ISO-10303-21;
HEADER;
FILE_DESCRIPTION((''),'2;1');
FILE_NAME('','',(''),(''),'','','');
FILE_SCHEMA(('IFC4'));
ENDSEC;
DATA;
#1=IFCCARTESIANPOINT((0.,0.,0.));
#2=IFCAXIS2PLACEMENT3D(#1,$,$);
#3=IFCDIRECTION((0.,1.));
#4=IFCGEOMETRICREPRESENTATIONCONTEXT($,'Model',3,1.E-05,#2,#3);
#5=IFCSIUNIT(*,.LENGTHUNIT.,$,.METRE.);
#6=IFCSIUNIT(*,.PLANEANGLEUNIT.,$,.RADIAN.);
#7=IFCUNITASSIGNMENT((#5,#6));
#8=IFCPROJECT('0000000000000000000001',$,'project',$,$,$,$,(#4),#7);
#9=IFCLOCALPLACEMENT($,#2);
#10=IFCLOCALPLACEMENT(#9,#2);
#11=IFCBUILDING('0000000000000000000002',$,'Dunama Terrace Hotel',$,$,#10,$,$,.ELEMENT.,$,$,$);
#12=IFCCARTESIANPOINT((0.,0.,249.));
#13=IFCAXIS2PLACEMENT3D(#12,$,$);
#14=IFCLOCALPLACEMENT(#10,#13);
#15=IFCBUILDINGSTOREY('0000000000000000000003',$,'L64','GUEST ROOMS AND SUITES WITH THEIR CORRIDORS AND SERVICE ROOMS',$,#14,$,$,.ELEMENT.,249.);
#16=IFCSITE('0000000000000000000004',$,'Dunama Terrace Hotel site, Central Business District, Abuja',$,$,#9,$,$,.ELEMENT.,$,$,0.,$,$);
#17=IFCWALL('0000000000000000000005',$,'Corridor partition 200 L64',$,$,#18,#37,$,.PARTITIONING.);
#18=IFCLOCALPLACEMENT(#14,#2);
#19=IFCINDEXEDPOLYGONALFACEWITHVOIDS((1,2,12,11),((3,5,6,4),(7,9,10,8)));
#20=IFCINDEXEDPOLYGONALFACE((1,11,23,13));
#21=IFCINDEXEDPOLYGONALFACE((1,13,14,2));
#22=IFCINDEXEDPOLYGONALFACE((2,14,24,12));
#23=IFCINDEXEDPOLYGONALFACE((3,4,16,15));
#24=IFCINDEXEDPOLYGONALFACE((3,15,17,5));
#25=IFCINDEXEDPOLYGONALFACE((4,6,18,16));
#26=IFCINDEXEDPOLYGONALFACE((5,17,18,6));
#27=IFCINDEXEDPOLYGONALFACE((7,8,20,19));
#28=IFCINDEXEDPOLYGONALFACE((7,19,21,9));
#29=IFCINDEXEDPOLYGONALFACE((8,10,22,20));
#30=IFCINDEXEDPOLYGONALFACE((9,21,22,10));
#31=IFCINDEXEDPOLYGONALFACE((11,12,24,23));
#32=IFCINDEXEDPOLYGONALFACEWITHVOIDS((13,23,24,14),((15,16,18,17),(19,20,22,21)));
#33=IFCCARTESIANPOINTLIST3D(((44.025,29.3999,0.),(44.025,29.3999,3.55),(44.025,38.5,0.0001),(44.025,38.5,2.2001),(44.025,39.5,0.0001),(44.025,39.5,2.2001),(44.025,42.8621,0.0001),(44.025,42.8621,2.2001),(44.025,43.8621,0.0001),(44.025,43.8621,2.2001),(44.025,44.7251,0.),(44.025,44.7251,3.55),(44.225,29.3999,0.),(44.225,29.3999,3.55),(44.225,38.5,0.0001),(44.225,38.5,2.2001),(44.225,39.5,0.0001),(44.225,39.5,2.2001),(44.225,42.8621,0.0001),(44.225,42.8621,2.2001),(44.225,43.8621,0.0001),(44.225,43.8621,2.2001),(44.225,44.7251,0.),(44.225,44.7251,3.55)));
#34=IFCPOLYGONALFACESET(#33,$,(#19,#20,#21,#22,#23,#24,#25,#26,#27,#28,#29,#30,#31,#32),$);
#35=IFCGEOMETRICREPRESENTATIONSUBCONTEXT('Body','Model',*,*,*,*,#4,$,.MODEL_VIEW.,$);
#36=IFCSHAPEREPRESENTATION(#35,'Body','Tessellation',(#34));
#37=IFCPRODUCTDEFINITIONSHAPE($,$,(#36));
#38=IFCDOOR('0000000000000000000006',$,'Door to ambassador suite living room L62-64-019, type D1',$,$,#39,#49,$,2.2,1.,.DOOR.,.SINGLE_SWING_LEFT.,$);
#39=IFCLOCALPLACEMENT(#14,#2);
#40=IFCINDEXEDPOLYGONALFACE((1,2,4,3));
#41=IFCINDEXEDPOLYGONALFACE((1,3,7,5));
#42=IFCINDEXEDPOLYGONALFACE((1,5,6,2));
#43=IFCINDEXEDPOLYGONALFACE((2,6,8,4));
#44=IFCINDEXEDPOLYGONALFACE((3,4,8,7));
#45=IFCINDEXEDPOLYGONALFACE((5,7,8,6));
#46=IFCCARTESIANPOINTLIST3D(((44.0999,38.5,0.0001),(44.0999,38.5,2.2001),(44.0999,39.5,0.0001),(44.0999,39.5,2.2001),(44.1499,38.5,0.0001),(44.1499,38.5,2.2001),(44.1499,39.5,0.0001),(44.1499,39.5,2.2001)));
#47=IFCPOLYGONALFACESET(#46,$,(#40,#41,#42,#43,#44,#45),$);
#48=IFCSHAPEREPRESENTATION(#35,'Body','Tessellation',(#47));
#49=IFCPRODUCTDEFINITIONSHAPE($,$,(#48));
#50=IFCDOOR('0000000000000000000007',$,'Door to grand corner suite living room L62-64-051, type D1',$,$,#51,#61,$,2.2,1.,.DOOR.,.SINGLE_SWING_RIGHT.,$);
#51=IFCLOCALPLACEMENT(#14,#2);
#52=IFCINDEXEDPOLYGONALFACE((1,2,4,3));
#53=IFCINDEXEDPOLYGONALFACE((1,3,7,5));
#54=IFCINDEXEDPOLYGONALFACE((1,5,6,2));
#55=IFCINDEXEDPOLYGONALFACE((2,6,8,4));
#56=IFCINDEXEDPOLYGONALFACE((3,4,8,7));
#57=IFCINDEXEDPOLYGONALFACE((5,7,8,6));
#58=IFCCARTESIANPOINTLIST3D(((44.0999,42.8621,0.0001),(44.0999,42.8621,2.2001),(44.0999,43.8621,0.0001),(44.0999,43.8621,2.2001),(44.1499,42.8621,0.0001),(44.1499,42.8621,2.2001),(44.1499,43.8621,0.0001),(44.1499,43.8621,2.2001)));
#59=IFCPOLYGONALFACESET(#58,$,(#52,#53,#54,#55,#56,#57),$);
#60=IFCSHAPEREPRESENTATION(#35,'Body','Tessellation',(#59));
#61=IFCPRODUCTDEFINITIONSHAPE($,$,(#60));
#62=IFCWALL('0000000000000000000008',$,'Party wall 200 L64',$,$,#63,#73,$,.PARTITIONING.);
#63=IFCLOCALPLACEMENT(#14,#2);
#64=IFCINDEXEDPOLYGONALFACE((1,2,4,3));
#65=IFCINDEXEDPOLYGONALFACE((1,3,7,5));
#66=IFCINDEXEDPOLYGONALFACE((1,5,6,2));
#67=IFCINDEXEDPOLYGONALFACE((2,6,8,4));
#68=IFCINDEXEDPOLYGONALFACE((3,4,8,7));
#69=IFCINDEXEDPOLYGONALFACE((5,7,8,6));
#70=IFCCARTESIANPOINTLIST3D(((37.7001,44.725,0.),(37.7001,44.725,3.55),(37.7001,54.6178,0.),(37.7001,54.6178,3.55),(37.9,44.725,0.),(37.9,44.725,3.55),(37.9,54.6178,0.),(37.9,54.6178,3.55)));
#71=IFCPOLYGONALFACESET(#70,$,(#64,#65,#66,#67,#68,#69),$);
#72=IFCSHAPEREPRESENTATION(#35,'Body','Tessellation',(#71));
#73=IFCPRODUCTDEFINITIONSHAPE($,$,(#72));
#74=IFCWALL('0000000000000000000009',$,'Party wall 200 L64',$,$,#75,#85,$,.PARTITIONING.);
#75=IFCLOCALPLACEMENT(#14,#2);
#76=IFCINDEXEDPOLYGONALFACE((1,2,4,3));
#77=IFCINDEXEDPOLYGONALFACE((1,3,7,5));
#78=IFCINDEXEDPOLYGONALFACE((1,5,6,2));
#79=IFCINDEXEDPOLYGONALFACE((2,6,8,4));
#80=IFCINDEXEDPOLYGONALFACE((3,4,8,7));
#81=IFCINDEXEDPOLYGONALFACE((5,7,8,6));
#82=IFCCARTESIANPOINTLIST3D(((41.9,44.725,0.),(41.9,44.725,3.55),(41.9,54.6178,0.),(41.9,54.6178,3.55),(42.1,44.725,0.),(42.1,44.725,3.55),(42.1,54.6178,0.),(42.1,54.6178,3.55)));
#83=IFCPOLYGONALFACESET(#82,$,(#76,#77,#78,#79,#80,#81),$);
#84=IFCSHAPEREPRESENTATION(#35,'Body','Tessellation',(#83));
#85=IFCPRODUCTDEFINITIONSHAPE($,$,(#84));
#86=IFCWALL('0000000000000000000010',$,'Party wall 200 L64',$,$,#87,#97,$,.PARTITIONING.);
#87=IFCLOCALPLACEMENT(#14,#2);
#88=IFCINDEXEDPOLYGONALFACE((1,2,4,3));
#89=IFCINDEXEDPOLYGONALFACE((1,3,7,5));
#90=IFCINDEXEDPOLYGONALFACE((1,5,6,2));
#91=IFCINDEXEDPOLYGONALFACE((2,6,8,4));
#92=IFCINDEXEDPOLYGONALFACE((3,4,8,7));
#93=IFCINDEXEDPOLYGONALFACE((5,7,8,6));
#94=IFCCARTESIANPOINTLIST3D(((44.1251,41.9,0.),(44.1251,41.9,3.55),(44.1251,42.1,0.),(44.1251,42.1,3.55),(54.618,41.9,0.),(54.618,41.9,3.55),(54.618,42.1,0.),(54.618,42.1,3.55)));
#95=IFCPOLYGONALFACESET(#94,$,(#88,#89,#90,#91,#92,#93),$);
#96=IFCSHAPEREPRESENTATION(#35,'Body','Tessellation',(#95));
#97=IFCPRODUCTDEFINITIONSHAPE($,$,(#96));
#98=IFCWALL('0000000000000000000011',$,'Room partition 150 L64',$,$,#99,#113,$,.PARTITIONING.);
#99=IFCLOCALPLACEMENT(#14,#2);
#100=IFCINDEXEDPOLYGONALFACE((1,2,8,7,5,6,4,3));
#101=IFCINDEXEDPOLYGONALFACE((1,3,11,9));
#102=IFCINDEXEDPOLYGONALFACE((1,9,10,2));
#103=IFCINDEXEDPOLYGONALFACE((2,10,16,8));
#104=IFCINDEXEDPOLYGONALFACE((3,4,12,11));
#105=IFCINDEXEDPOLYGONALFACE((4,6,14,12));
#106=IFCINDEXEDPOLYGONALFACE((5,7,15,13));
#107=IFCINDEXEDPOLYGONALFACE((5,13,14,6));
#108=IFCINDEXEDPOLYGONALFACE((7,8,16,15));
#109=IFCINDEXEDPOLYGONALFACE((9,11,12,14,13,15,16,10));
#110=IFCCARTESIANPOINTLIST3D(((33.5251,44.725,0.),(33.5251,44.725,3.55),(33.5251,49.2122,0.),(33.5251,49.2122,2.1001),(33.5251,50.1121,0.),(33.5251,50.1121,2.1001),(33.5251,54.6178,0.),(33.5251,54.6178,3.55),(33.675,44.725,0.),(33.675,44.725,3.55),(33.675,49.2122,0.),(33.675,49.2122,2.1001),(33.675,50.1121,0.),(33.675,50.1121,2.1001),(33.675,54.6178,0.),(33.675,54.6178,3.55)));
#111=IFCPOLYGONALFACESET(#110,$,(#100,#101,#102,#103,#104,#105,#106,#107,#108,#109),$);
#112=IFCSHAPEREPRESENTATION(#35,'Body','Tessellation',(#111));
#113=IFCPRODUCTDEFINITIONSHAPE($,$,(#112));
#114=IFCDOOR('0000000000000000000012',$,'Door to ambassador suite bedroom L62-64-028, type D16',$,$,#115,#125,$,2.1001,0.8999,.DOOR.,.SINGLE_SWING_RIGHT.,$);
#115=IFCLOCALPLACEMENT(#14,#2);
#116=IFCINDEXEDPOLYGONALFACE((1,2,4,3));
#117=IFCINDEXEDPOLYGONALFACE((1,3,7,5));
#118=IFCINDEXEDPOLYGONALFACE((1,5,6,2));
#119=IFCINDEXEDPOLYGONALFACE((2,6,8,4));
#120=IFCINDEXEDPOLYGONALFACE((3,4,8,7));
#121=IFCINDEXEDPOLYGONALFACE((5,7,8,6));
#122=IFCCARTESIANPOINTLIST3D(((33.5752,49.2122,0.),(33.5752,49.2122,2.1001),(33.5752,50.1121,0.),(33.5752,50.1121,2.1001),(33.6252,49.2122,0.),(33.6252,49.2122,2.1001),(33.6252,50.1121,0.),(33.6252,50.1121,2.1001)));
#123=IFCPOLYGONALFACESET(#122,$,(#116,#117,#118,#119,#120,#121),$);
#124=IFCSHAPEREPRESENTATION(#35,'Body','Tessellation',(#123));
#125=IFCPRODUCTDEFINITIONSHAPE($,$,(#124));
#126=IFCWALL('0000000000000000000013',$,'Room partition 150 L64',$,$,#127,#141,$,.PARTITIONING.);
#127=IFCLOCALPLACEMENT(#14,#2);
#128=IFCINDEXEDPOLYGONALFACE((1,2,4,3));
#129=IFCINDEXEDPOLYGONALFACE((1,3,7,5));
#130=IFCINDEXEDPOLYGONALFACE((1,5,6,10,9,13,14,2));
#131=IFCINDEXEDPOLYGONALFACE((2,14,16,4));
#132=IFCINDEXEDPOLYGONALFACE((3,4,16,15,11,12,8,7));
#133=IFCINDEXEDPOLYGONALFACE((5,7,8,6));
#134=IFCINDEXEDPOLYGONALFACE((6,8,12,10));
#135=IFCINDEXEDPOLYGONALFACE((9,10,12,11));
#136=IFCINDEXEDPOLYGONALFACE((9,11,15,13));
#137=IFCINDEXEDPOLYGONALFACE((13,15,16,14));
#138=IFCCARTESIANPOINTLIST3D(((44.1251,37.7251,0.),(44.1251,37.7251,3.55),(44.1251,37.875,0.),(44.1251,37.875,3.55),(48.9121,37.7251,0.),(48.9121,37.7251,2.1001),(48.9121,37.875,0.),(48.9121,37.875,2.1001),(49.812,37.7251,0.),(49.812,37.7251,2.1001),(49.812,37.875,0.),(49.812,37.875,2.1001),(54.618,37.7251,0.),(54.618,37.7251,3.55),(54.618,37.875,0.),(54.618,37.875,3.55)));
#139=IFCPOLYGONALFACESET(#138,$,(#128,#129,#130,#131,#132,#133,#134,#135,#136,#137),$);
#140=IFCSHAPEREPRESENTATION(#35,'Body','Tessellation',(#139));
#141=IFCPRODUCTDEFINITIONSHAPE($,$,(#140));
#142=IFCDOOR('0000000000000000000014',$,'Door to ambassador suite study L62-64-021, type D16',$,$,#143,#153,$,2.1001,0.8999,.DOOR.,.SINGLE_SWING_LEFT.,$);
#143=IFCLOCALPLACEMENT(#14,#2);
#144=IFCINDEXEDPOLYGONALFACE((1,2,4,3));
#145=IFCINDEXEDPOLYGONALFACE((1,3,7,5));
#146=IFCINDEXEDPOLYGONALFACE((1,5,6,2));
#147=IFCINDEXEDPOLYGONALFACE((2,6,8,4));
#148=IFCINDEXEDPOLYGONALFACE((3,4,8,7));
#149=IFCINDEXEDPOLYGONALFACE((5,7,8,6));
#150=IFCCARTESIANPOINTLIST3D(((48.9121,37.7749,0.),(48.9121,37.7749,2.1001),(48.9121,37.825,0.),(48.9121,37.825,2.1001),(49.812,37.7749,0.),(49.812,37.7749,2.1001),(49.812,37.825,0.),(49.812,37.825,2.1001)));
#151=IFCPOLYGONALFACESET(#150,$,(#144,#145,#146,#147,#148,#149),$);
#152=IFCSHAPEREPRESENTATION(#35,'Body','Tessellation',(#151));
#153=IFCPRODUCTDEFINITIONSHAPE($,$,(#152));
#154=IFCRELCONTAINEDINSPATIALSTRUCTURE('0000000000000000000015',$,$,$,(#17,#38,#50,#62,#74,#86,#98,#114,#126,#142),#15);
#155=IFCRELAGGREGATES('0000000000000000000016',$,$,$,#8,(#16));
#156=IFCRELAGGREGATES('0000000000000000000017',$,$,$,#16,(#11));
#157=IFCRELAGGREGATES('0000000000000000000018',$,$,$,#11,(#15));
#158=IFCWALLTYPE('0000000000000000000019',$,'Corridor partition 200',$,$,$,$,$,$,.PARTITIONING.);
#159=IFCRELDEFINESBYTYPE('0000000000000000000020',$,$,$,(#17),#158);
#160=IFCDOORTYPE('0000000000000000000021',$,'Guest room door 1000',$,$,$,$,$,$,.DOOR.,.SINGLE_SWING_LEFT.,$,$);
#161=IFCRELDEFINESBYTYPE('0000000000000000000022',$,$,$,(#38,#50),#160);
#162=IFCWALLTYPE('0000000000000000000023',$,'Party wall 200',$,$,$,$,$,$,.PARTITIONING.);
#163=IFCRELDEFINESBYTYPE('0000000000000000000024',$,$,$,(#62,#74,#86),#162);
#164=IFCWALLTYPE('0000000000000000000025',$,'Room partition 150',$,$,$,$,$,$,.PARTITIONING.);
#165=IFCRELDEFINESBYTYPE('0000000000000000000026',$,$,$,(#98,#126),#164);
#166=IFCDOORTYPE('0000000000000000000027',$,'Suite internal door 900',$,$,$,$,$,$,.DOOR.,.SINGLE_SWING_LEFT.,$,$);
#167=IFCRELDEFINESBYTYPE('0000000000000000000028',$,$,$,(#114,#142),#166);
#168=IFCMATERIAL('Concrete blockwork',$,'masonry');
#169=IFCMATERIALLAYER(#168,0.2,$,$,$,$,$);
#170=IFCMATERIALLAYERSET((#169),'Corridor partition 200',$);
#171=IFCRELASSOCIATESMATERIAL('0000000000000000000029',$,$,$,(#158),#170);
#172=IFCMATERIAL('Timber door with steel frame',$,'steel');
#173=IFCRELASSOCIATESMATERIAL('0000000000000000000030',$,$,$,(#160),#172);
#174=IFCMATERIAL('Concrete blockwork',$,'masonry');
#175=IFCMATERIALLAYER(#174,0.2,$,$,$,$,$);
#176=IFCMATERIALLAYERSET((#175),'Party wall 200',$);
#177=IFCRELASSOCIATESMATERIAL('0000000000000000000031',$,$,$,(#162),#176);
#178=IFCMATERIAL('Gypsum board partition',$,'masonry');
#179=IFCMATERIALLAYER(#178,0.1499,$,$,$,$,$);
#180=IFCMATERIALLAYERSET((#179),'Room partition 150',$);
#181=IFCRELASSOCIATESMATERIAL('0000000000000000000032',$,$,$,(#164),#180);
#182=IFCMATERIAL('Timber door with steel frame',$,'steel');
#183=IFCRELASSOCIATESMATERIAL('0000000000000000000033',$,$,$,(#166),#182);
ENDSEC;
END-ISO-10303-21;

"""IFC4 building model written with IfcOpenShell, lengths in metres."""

from ifc_helpers import new_model, si_unit, direction, frame, frame_2d, origin, place, context, subcontext, project, spatial, rectangle, extrude, material, layer, layer_set, type_object, element, fill, save


model = new_model("IFC4")

# Units and contexts
model_context = context("Model", 3, precision=1e-05, world=origin(), true_north=direction((0.0, 1.0)))
body_context = subcontext(model_context, "Body", "Model", "MODEL_VIEW")
ifc_project = project(units=[si_unit("LENGTHUNIT", "METRE"), si_unit("PLANEANGLEUNIT", "RADIAN")], contexts=[model_context])

# Site, building, storey
site_placement = place(None, origin())
site = spatial("IfcSite", under=ifc_project, at=site_placement, Name="Dunama Terrace Hotel site, Central Business District, Abuja", CompositionType="ELEMENT", RefElevation=0.0)
building_placement = place(site_placement, origin())
building = spatial("IfcBuilding", under=site, at=building_placement, Name="Dunama Terrace Hotel", CompositionType="ELEMENT")
storey_placement = place(building_placement, frame((0.0, 0.0, 249.0)))
storey = spatial("IfcBuildingStorey", under=building, at=storey_placement, Name="L64", Description="GUEST ROOMS AND SUITES WITH THEIR CORRIDORS AND SERVICE ROOMS", CompositionType="ELEMENT", Elevation=249.0)

# Wall, openings, doors
ifc_material_1 = material(Name="Concrete blockwork", Category="masonry")
ifc_layer_1 = layer(ifc_material_1, 0.2)
ifc_layer_set_1 = layer_set([ifc_layer_1], Name="Corridor partition 200")
wall_type_1 = type_object("IfcWallType", Name="Corridor partition 200", PredefinedType="PARTITIONING", material=ifc_layer_set_1)
wall_1_placement = place(storey_placement, frame((44.125, 44.7251, 0.0), z_axis=(0.0, 0.0, 1.0), x_axis=(0.0, -1.0, 0.0)))
wall_1 = element("IfcWall", 1, at=wall_1_placement, inside=storey, type_object=wall_type_1, Name="Corridor partition 200 L64", PredefinedType="PARTITIONING", context=body_context, shape_type="SweptSolid", body=[
    extrude(rectangle(XDim=15.3252, YDim=0.2, at=frame_2d((7.6626, 0.0))), origin(), (0.0, 0.0, 1.0), 3.55),
])
opening_1_placement = place(wall_1_placement, frame((5.2251, 0.0, 0.0)))
opening_1 = element("IfcOpeningElement", 2, at=opening_1_placement, cuts=wall_1, PredefinedType="OPENING", context=body_context, shape_type="SweptSolid", body=[
    extrude(rectangle(XDim=1.0, YDim=2.2, at=frame_2d((0.5, 1.1001))), frame((0.0, 0.1099, 0.0), z_axis=(0.0, -1.0, 0.0), x_axis=(1.0, 0.0, 0.0)), (0.0, 0.0, 1.0), 0.22),
])
opening_2_placement = place(wall_1_placement, frame((0.863, 0.0, 0.0)))
opening_2 = element("IfcOpeningElement", 3, at=opening_2_placement, cuts=wall_1, PredefinedType="OPENING", context=body_context, shape_type="SweptSolid", body=[
    extrude(rectangle(XDim=1.0, YDim=2.2, at=frame_2d((0.5, 1.1001))), frame((0.0, 0.1099, 0.0), z_axis=(0.0, -1.0, 0.0), x_axis=(1.0, 0.0, 0.0)), (0.0, 0.0, 1.0), 0.22),
])
ifc_material_2 = material(Name="Timber door with steel frame", Category="steel")
door_type_1 = type_object("IfcDoorType", Name="Guest room door 1000", OperationType="SINGLE_SWING_LEFT", PredefinedType="DOOR", material=ifc_material_2)
door_1_placement = place(opening_1_placement, origin())
door_1 = element("IfcDoor", 4, at=door_1_placement, inside=storey, type_object=door_type_1, Name="Door to ambassador suite living room L62-64-019, type D1", OperationType="SINGLE_SWING_LEFT", OverallHeight=2.2, OverallWidth=1.0, PredefinedType="DOOR", context=body_context, shape_type="SweptSolid", body=[
    extrude(rectangle(XDim=1.0, YDim=2.2, at=frame_2d((0.5, 1.1001))), frame((0.0, 0.0249, 0.0), z_axis=(0.0, -1.0, 0.0), x_axis=(1.0, 0.0, 0.0)), (0.0, 0.0, 1.0), 0.05),
])
fill(opening_1, door_1)
door_2_placement = place(opening_2_placement, origin())
door_2 = element("IfcDoor", 5, at=door_2_placement, inside=storey, type_object=door_type_1, Name="Door to grand corner suite living room L62-64-051, type D1", OperationType="SINGLE_SWING_RIGHT", OverallHeight=2.2, OverallWidth=1.0, PredefinedType="DOOR", context=body_context, shape_type="SweptSolid", body=[
    extrude(rectangle(XDim=1.0, YDim=2.2, at=frame_2d((0.5, 1.1001))), frame((0.0, 0.0249, 0.0), z_axis=(0.0, -1.0, 0.0), x_axis=(1.0, 0.0, 0.0)), (0.0, 0.0, 1.0), 0.05),
])
fill(opening_2, door_2)

# Walls
ifc_material_3 = material(Name="Concrete blockwork", Category="masonry")
ifc_layer_2 = layer(ifc_material_3, 0.2)
ifc_layer_set_2 = layer_set([ifc_layer_2], Name="Party wall 200")
wall_type_2 = type_object("IfcWallType", Name="Party wall 200", PredefinedType="PARTITIONING", material=ifc_layer_set_2)
for number, where, z_axis, x_axis, name in (
    (6, (37.8, 44.7251, 0.0), (0.0, 0.0, 1.0), (0.0, 1.0, 0.0), "Party wall 200 L64"),
    (7, (42.0, 44.7251, 0.0), (0.0, 0.0, 1.0), (0.0, 1.0, 0.0), "Party wall 200 L64"),
):
    element("IfcWall", number, at=place(storey_placement, frame(where, z_axis=z_axis, x_axis=x_axis)), inside=storey, type_object=wall_type_2, Name=name, PredefinedType="PARTITIONING", context=body_context, shape_type="SweptSolid", body=[
        extrude(rectangle(XDim=9.8928, YDim=0.2, at=frame_2d((4.9463, 0.0))), origin(), (0.0, 0.0, 1.0), 3.55),
    ])
wall_2_placement = place(storey_placement, frame((44.125, 42.0, 0.0), z_axis=(0.0, 0.0, 1.0), x_axis=(1.0, 0.0, 0.0)))
element("IfcWall", 8, at=wall_2_placement, inside=storey, type_object=wall_type_2, Name="Party wall 200 L64", PredefinedType="PARTITIONING", context=body_context, shape_type="SweptSolid", body=[
    extrude(rectangle(XDim=10.4929, YDim=0.2, at=frame_2d((5.2466, 0.0))), origin(), (0.0, 0.0, 1.0), 3.55),
])

# Walls, openings, doors
ifc_material_4 = material(Name="Gypsum board partition", Category="masonry")
ifc_layer_3 = layer(ifc_material_4, 0.1499)
ifc_layer_set_3 = layer_set([ifc_layer_3], Name="Room partition 150")
wall_type_3 = type_object("IfcWallType", Name="Room partition 150", PredefinedType="PARTITIONING", material=ifc_layer_set_3)
wall_3_placement = place(storey_placement, frame((33.6001, 44.7251, 0.0), z_axis=(0.0, 0.0, 1.0), x_axis=(0.0, 1.0, 0.0)))
wall_3 = element("IfcWall", 9, at=wall_3_placement, inside=storey, type_object=wall_type_3, Name="Room partition 150 L64", PredefinedType="PARTITIONING", context=body_context, shape_type="SweptSolid", body=[
    extrude(rectangle(XDim=9.8928, YDim=0.1499, at=frame_2d((4.9463, 0.0))), origin(), (0.0, 0.0, 1.0), 3.55),
])
opening_3_placement = place(wall_3_placement, frame((4.4871, 0.0, 0.0)))
opening_3 = element("IfcOpeningElement", 10, at=opening_3_placement, cuts=wall_3, PredefinedType="OPENING", context=body_context, shape_type="SweptSolid", body=[
    extrude(rectangle(XDim=0.8999, YDim=2.1001, at=frame_2d((0.45, 1.05))), frame((0.0, 0.085, 0.0), z_axis=(0.0, -1.0, 0.0), x_axis=(1.0, 0.0, 0.0)), (0.0, 0.0, 1.0), 0.1699),
])
ifc_material_5 = material(Name="Timber door with steel frame", Category="steel")
door_type_2 = type_object("IfcDoorType", Name="Suite internal door 900", OperationType="SINGLE_SWING_LEFT", PredefinedType="DOOR", material=ifc_material_5)
door_3_placement = place(opening_3_placement, frame((0.8999, 0.0, 0.0), z_axis=(0.0, 0.0, 1.0), x_axis=(-1.0, 0.0, 0.0)))
door_3 = element("IfcDoor", 11, at=door_3_placement, inside=storey, type_object=door_type_2, Name="Door to ambassador suite bedroom L62-64-028, type D16", OperationType="SINGLE_SWING_RIGHT", OverallHeight=2.1001, OverallWidth=0.8999, PredefinedType="DOOR", context=body_context, shape_type="SweptSolid", body=[
    extrude(rectangle(XDim=0.8999, YDim=2.1001, at=frame_2d((0.45, 1.05))), frame((0.0, 0.0251, 0.0), z_axis=(0.0, -1.0, 0.0), x_axis=(1.0, 0.0, 0.0)), (0.0, 0.0, 1.0), 0.05),
])
fill(opening_3, door_3)
wall_4_placement = place(storey_placement, frame((44.125, 37.8, 0.0), z_axis=(0.0, 0.0, 1.0), x_axis=(1.0, 0.0, 0.0)))
wall_4 = element("IfcWall", 12, at=wall_4_placement, inside=storey, type_object=wall_type_3, Name="Room partition 150 L64", PredefinedType="PARTITIONING", context=body_context, shape_type="SweptSolid", body=[
    extrude(rectangle(XDim=10.4929, YDim=0.1499, at=frame_2d((5.2466, 0.0))), origin(), (0.0, 0.0, 1.0), 3.55),
])
opening_4_placement = place(wall_4_placement, frame((4.7871, 0.0, 0.0)))
opening_4 = element("IfcOpeningElement", 13, at=opening_4_placement, cuts=wall_4, PredefinedType="OPENING", context=body_context, shape_type="SweptSolid", body=[
    extrude(rectangle(XDim=0.8999, YDim=2.1001, at=frame_2d((0.45, 1.05))), frame((0.0, 0.085, 0.0), z_axis=(0.0, -1.0, 0.0), x_axis=(1.0, 0.0, 0.0)), (0.0, 0.0, 1.0), 0.1699),
])
door_4_placement = place(opening_4_placement, origin())
door_4 = element("IfcDoor", 14, at=door_4_placement, inside=storey, type_object=door_type_2, Name="Door to ambassador suite study L62-64-021, type D16", OperationType="SINGLE_SWING_LEFT", OverallHeight=2.1001, OverallWidth=0.8999, PredefinedType="DOOR", context=body_context, shape_type="SweptSolid", body=[
    extrude(rectangle(XDim=0.8999, YDim=2.1001, at=frame_2d((0.45, 1.05))), frame((0.0, 0.0249, 0.0), z_axis=(0.0, -1.0, 0.0), x_axis=(1.0, 0.0, 0.0)), (0.0, 0.0, 1.0), 0.05),
])
fill(opening_4, door_4)

save(model, "model.ifc")
